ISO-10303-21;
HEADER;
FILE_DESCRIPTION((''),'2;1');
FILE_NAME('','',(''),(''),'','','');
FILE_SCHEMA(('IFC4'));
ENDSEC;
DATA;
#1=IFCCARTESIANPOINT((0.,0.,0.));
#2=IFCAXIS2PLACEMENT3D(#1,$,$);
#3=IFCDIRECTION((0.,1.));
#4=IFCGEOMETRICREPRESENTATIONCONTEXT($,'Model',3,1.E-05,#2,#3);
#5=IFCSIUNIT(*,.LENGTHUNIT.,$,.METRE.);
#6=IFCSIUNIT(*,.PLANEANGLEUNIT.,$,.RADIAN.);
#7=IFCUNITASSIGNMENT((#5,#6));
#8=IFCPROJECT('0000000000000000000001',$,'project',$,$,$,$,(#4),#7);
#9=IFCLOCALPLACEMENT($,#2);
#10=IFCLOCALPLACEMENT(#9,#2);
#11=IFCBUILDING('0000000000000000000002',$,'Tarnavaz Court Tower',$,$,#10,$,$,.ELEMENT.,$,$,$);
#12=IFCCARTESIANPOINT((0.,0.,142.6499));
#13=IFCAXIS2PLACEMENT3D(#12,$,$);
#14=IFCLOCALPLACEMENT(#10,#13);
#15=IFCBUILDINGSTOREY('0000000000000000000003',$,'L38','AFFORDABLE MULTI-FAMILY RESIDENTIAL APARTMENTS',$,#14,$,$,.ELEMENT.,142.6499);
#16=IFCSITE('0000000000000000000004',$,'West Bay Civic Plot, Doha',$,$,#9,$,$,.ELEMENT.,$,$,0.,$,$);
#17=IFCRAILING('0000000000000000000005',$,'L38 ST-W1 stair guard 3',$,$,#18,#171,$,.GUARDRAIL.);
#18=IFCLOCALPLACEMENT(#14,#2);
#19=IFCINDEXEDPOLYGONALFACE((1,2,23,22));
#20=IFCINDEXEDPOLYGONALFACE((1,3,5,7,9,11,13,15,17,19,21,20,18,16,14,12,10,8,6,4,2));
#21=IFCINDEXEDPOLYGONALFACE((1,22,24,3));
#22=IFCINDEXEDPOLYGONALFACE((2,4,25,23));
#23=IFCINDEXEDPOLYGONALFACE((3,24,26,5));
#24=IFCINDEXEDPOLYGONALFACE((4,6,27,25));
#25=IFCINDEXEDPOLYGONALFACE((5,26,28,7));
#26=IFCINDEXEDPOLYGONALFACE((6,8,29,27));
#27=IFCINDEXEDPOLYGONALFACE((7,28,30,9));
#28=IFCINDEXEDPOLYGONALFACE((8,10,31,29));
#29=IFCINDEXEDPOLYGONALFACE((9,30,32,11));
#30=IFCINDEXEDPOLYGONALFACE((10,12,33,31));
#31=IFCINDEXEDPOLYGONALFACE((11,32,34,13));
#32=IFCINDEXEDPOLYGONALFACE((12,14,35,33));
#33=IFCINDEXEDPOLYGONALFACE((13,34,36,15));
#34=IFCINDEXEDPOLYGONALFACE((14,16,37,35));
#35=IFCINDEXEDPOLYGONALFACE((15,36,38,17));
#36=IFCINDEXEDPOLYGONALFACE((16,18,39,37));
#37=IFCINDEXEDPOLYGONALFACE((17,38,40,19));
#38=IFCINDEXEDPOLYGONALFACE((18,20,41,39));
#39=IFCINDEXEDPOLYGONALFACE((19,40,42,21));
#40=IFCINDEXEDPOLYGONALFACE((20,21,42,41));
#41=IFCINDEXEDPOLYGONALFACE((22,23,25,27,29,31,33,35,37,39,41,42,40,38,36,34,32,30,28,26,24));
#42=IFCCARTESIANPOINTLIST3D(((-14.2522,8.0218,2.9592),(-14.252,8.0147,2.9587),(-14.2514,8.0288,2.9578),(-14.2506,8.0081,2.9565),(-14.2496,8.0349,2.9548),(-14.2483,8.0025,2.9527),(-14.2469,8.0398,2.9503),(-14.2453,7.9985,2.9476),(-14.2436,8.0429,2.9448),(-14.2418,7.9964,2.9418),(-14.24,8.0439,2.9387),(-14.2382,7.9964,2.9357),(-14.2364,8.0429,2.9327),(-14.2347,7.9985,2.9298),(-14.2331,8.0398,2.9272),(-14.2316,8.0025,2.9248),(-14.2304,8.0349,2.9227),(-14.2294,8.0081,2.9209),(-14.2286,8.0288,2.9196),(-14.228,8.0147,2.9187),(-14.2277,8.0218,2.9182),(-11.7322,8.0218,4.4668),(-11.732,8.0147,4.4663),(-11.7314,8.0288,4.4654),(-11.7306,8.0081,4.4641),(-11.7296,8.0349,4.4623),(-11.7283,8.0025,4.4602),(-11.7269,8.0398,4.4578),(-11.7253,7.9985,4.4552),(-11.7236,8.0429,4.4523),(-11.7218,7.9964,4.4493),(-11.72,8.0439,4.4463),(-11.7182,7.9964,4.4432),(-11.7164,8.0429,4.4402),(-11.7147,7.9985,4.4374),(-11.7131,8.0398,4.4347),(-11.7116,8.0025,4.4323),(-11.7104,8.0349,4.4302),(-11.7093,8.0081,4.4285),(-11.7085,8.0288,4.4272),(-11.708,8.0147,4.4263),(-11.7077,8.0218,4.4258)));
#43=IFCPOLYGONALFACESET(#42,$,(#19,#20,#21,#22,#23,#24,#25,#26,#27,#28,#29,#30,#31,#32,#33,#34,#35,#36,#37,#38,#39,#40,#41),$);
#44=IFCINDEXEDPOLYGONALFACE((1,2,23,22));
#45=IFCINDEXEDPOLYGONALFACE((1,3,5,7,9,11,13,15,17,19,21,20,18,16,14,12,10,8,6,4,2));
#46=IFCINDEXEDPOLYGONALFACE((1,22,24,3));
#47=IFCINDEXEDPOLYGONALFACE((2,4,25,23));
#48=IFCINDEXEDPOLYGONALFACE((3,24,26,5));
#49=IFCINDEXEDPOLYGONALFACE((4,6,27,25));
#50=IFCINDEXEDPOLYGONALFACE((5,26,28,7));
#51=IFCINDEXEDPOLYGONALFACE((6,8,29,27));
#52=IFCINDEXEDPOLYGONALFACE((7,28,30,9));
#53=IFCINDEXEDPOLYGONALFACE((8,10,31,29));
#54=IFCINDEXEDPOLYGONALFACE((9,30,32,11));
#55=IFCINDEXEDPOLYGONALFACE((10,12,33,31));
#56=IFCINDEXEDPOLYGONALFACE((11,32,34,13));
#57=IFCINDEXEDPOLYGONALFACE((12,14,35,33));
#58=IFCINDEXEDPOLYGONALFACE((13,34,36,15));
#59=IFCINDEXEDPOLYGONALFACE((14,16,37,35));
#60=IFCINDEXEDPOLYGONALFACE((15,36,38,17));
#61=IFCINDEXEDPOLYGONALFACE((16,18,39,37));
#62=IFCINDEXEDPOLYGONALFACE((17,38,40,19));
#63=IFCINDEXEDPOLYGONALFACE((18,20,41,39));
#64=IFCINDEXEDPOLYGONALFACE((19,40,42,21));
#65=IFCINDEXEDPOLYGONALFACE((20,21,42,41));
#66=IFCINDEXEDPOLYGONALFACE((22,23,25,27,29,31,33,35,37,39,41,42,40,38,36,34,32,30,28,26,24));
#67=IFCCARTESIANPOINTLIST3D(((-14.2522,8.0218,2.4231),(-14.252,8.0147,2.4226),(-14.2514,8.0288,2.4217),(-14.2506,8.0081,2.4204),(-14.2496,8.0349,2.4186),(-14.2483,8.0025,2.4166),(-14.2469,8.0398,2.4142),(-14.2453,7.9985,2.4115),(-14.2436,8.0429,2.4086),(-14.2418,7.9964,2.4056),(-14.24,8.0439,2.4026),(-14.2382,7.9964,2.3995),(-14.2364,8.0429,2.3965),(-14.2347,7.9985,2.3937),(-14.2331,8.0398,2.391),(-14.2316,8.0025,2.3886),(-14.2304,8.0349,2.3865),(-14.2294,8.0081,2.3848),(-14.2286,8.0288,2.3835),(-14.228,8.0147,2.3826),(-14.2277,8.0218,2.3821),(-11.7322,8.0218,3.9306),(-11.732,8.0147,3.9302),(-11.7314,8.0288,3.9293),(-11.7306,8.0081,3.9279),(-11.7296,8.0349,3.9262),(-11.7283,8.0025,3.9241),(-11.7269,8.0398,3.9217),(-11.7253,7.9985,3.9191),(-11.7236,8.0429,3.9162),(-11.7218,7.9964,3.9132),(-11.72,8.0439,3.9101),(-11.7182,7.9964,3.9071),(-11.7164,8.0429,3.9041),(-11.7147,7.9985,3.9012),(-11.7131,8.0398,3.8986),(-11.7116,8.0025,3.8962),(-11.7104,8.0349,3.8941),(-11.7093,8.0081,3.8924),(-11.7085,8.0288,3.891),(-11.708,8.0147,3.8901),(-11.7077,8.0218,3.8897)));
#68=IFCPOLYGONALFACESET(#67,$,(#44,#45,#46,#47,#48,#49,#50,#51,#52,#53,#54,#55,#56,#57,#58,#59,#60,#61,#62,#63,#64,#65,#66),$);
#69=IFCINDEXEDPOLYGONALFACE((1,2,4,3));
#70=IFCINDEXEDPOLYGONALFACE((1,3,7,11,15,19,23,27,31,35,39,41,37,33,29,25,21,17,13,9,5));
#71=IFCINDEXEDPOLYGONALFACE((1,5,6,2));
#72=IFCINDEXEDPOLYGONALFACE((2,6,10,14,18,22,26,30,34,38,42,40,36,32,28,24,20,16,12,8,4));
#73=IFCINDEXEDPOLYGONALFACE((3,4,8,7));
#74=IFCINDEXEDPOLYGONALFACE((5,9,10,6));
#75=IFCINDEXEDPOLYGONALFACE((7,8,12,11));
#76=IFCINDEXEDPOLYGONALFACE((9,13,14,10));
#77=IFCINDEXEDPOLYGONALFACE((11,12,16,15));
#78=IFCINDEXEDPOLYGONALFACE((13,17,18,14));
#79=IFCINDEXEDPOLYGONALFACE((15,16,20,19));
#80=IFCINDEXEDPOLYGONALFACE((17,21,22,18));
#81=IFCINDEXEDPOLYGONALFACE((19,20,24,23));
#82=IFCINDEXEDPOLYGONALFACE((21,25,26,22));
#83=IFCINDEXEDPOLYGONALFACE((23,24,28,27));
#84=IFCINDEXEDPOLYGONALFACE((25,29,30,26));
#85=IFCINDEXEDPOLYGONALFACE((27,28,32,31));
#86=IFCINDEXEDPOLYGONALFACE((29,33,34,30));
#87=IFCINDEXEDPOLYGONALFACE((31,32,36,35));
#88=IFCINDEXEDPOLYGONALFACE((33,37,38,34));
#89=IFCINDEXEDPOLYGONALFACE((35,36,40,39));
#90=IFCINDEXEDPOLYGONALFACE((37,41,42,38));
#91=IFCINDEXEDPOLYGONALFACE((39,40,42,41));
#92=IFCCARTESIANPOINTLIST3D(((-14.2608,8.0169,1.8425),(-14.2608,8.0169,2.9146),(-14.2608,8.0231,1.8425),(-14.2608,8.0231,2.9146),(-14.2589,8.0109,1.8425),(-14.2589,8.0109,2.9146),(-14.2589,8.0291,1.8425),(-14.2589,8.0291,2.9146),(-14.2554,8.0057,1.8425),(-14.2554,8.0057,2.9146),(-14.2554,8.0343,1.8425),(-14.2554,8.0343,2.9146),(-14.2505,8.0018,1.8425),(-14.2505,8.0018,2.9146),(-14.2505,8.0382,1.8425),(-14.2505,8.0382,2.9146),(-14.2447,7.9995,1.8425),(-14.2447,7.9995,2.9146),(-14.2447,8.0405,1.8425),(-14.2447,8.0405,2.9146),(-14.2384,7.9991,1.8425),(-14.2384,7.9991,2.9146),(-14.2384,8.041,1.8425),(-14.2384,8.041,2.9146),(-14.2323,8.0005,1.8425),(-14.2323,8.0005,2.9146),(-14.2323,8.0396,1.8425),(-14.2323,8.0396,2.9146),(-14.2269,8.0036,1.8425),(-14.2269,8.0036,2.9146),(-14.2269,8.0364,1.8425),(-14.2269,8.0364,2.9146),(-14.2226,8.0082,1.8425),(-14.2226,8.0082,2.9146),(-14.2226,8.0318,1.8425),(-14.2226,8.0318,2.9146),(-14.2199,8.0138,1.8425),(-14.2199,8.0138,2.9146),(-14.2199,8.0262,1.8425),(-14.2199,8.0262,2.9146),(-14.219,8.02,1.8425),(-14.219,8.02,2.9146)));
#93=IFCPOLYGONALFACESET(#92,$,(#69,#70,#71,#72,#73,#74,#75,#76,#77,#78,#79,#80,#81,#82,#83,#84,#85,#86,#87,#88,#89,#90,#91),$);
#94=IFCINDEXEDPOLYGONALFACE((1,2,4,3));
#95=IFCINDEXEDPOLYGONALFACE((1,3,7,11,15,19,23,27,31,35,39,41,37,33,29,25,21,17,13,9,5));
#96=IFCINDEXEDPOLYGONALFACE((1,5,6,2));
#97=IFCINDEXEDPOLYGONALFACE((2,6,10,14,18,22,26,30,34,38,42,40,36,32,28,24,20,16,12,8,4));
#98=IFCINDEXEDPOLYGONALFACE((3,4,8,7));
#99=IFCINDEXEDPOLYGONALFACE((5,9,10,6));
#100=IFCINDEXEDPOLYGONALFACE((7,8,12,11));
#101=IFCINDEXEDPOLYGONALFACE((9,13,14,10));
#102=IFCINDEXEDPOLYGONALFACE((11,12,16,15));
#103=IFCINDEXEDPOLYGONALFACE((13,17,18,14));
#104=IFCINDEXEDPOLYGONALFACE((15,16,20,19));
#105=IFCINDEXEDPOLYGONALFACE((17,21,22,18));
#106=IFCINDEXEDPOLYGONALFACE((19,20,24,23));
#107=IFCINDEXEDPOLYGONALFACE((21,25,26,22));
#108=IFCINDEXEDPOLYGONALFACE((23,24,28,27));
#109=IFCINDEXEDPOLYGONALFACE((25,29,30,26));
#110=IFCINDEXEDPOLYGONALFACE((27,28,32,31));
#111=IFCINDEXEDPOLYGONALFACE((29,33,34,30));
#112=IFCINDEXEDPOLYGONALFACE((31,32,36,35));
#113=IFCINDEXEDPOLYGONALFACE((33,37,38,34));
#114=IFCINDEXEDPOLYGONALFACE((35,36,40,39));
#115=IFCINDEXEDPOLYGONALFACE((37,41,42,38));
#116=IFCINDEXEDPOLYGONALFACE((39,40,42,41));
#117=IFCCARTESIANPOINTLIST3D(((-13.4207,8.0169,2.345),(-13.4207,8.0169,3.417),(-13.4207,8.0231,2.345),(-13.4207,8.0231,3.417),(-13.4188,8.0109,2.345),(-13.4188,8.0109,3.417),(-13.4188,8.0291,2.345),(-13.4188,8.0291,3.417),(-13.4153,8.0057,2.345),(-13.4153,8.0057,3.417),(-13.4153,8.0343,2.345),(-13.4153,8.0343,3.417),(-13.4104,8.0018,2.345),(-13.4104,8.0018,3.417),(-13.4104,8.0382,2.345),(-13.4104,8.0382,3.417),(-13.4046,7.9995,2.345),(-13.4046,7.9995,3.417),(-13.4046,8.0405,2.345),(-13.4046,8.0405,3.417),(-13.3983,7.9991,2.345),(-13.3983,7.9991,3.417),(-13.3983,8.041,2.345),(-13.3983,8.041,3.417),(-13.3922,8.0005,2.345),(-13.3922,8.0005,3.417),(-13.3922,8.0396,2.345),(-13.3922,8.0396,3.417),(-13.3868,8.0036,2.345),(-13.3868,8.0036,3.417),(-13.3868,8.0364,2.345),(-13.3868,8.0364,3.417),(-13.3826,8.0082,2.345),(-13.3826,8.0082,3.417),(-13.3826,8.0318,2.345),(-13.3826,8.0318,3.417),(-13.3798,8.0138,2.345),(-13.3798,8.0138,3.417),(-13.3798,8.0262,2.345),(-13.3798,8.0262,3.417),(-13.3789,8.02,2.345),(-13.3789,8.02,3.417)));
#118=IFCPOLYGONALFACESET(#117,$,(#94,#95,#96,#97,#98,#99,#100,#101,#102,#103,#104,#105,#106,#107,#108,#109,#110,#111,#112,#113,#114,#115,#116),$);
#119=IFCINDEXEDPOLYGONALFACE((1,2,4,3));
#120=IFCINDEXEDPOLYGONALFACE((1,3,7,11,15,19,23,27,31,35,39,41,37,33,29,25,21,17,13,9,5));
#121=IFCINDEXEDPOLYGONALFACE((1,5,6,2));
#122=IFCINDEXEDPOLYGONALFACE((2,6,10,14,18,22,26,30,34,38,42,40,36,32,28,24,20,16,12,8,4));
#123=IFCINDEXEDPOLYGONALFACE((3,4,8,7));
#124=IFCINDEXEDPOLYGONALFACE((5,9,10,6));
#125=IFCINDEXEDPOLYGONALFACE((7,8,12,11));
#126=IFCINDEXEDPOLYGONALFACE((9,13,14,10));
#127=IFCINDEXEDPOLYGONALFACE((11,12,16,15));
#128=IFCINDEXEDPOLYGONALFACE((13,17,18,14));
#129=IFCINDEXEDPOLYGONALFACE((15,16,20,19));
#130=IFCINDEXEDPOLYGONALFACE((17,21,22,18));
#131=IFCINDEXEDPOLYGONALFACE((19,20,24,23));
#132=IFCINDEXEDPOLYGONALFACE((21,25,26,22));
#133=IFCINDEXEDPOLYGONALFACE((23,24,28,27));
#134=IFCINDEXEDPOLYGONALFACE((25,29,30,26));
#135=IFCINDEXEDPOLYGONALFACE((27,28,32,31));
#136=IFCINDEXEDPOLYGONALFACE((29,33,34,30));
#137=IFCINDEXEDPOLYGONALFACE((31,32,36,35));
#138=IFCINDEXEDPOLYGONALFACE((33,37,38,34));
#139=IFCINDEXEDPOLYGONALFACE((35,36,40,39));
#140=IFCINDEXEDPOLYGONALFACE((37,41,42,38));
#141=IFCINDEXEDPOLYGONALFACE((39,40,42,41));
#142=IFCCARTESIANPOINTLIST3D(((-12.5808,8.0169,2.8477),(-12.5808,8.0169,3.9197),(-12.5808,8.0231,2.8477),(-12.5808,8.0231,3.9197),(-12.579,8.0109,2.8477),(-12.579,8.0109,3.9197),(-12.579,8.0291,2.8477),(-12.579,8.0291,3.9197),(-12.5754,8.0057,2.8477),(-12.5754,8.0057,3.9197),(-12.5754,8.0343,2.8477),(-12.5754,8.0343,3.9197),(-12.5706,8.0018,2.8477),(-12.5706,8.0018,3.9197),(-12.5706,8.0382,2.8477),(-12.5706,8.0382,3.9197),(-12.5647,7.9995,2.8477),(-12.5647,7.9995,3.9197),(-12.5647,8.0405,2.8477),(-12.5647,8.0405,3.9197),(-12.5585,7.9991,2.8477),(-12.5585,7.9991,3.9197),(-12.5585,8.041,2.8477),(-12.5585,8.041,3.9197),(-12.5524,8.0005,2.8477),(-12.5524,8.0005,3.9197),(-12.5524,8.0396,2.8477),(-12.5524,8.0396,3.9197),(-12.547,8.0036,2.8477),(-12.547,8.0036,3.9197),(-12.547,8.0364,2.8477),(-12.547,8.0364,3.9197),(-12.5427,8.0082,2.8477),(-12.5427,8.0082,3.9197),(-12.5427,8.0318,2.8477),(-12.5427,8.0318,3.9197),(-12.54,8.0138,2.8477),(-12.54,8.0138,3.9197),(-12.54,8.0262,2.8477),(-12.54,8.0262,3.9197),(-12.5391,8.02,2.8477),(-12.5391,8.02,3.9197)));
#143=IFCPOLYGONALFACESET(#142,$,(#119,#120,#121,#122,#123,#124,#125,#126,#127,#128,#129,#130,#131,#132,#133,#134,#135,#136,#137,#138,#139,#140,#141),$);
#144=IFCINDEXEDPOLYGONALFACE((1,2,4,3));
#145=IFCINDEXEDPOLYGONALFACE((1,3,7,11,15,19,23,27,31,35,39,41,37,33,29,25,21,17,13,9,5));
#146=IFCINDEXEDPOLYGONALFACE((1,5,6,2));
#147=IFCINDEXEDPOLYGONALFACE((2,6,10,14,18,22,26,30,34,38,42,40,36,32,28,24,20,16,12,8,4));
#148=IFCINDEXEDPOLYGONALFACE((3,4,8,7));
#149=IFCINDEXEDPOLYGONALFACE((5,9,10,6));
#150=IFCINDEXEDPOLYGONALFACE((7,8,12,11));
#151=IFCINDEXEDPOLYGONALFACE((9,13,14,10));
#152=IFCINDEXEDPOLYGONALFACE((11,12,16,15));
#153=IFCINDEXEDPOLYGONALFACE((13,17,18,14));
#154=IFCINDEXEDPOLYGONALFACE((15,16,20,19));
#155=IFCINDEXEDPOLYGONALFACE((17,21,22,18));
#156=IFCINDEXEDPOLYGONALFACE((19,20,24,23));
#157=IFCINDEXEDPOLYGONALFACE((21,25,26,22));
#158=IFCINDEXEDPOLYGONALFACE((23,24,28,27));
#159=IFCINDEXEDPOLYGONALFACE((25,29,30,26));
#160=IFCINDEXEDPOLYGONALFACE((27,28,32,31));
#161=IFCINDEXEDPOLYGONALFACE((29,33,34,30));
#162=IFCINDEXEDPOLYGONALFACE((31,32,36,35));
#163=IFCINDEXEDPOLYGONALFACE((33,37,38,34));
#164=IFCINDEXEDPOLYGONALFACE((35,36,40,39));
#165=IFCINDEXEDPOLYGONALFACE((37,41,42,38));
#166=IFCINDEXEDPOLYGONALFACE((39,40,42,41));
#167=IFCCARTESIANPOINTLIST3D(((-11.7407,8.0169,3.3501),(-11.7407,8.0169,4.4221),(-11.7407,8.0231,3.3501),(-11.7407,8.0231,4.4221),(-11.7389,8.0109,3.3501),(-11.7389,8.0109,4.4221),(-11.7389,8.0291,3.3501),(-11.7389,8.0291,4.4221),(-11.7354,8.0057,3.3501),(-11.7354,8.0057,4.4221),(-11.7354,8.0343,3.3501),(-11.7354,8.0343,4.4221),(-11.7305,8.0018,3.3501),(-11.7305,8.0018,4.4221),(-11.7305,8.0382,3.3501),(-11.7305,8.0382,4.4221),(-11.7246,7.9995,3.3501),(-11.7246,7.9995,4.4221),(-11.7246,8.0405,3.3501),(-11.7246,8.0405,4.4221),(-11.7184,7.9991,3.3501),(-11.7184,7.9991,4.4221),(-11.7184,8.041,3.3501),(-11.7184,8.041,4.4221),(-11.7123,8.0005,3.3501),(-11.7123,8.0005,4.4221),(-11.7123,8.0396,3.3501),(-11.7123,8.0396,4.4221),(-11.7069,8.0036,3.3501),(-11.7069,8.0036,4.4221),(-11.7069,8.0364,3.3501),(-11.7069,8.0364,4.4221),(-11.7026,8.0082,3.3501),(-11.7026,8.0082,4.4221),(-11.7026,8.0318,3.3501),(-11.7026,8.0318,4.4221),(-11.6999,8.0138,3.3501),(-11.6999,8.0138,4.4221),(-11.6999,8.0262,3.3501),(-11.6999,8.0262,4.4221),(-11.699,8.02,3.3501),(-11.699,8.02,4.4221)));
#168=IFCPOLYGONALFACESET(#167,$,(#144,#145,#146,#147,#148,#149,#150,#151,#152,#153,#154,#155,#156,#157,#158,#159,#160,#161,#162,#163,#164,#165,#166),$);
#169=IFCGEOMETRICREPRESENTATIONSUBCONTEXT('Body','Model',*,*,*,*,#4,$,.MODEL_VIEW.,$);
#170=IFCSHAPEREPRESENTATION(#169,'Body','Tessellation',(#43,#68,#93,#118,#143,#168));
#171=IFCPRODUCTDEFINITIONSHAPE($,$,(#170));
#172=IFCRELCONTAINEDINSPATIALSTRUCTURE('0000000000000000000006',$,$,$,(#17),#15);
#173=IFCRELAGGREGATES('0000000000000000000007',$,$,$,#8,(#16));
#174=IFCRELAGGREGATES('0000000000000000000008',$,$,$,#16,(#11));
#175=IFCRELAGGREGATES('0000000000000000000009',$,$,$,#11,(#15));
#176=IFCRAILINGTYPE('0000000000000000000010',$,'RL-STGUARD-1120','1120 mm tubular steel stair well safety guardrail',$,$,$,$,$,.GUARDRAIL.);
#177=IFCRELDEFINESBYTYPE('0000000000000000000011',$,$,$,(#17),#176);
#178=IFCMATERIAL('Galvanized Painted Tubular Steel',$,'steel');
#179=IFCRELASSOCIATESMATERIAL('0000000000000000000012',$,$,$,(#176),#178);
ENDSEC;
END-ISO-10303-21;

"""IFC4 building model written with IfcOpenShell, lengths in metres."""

from ifc_helpers import new_model, si_unit, direction, frame, origin, origin_2d, place, context, subcontext, project, spatial, circle, extrude, material, type_object, element, save


model = new_model("IFC4")

# Units and contexts
model_context = context("Model", 3, precision=1e-05, world=origin(), true_north=direction((0.0, 1.0)))
body_context = subcontext(model_context, "Body", "Model", "MODEL_VIEW")
ifc_project = project(units=[si_unit("LENGTHUNIT", "METRE"), si_unit("PLANEANGLEUNIT", "RADIAN")], contexts=[model_context])

# Site, building, storey
site_placement = place(None, origin())
site = spatial("IfcSite", under=ifc_project, at=site_placement, Name="West Bay Civic Plot, Doha", CompositionType="ELEMENT", RefElevation=0.0)
building_placement = place(site_placement, origin())
building = spatial("IfcBuilding", under=site, at=building_placement, Name="Tarnavaz Court Tower", CompositionType="ELEMENT")
storey_placement = place(building_placement, frame((0.0, 0.0, 142.6499)))
storey = spatial("IfcBuildingStorey", under=building, at=storey_placement, Name="L38", Description="AFFORDABLE MULTI-FAMILY RESIDENTIAL APARTMENTS", CompositionType="ELEMENT", Elevation=142.6499)

# Railing
ifc_material_1 = material(Name="Galvanized Painted Tubular Steel", Category="steel")
railing_type_1 = type_object("IfcRailingType", Name="RL-STGUARD-1120", Description="1120 mm tubular steel stair well safety guardrail", PredefinedType="GUARDRAIL", material=ifc_material_1)
railing_1_placement = place(storey_placement, frame((-14.24, 8.02, 1.8425)))
element("IfcRailing", 1, at=railing_1_placement, inside=storey, type_object=railing_type_1, Name="L38 ST-W1 stair guard 3", PredefinedType="GUARDRAIL", context=body_context, shape_type="SweptSolid", body=[
    extrude(circle(Radius=0.0239, at=origin_2d()), frame((0.0, 0.0, 1.0962), z_axis=(0.85816, 0.0, 0.513383), x_axis=(0.0, 1.0, 0.0)), (0.0, 0.0, 1.0), 2.9365),
    extrude(circle(Radius=0.0239, at=origin_2d()), frame((0.0, 0.0, 0.5601), z_axis=(0.85816, 0.0, 0.513383), x_axis=(0.0, 1.0, 0.0)), (0.0, 0.0, 1.0), 2.9365),
    extrude(circle(Radius=0.021, at=origin_2d()), origin(), (0.0, 0.0, 1.0), 1.072),
    extrude(circle(Radius=0.021, at=origin_2d()), frame((0.8401, 0.0, 0.5024)), (0.0, 0.0, 1.0), 1.072),
    extrude(circle(Radius=0.021, at=origin_2d()), frame((1.6799, 0.0, 1.0051)), (0.0, 0.0, 1.0), 1.072),
    extrude(circle(Radius=0.021, at=origin_2d()), frame((2.52, 0.0, 1.5076)), (0.0, 0.0, 1.0), 1.072),
])

save(model, "model.ifc")
